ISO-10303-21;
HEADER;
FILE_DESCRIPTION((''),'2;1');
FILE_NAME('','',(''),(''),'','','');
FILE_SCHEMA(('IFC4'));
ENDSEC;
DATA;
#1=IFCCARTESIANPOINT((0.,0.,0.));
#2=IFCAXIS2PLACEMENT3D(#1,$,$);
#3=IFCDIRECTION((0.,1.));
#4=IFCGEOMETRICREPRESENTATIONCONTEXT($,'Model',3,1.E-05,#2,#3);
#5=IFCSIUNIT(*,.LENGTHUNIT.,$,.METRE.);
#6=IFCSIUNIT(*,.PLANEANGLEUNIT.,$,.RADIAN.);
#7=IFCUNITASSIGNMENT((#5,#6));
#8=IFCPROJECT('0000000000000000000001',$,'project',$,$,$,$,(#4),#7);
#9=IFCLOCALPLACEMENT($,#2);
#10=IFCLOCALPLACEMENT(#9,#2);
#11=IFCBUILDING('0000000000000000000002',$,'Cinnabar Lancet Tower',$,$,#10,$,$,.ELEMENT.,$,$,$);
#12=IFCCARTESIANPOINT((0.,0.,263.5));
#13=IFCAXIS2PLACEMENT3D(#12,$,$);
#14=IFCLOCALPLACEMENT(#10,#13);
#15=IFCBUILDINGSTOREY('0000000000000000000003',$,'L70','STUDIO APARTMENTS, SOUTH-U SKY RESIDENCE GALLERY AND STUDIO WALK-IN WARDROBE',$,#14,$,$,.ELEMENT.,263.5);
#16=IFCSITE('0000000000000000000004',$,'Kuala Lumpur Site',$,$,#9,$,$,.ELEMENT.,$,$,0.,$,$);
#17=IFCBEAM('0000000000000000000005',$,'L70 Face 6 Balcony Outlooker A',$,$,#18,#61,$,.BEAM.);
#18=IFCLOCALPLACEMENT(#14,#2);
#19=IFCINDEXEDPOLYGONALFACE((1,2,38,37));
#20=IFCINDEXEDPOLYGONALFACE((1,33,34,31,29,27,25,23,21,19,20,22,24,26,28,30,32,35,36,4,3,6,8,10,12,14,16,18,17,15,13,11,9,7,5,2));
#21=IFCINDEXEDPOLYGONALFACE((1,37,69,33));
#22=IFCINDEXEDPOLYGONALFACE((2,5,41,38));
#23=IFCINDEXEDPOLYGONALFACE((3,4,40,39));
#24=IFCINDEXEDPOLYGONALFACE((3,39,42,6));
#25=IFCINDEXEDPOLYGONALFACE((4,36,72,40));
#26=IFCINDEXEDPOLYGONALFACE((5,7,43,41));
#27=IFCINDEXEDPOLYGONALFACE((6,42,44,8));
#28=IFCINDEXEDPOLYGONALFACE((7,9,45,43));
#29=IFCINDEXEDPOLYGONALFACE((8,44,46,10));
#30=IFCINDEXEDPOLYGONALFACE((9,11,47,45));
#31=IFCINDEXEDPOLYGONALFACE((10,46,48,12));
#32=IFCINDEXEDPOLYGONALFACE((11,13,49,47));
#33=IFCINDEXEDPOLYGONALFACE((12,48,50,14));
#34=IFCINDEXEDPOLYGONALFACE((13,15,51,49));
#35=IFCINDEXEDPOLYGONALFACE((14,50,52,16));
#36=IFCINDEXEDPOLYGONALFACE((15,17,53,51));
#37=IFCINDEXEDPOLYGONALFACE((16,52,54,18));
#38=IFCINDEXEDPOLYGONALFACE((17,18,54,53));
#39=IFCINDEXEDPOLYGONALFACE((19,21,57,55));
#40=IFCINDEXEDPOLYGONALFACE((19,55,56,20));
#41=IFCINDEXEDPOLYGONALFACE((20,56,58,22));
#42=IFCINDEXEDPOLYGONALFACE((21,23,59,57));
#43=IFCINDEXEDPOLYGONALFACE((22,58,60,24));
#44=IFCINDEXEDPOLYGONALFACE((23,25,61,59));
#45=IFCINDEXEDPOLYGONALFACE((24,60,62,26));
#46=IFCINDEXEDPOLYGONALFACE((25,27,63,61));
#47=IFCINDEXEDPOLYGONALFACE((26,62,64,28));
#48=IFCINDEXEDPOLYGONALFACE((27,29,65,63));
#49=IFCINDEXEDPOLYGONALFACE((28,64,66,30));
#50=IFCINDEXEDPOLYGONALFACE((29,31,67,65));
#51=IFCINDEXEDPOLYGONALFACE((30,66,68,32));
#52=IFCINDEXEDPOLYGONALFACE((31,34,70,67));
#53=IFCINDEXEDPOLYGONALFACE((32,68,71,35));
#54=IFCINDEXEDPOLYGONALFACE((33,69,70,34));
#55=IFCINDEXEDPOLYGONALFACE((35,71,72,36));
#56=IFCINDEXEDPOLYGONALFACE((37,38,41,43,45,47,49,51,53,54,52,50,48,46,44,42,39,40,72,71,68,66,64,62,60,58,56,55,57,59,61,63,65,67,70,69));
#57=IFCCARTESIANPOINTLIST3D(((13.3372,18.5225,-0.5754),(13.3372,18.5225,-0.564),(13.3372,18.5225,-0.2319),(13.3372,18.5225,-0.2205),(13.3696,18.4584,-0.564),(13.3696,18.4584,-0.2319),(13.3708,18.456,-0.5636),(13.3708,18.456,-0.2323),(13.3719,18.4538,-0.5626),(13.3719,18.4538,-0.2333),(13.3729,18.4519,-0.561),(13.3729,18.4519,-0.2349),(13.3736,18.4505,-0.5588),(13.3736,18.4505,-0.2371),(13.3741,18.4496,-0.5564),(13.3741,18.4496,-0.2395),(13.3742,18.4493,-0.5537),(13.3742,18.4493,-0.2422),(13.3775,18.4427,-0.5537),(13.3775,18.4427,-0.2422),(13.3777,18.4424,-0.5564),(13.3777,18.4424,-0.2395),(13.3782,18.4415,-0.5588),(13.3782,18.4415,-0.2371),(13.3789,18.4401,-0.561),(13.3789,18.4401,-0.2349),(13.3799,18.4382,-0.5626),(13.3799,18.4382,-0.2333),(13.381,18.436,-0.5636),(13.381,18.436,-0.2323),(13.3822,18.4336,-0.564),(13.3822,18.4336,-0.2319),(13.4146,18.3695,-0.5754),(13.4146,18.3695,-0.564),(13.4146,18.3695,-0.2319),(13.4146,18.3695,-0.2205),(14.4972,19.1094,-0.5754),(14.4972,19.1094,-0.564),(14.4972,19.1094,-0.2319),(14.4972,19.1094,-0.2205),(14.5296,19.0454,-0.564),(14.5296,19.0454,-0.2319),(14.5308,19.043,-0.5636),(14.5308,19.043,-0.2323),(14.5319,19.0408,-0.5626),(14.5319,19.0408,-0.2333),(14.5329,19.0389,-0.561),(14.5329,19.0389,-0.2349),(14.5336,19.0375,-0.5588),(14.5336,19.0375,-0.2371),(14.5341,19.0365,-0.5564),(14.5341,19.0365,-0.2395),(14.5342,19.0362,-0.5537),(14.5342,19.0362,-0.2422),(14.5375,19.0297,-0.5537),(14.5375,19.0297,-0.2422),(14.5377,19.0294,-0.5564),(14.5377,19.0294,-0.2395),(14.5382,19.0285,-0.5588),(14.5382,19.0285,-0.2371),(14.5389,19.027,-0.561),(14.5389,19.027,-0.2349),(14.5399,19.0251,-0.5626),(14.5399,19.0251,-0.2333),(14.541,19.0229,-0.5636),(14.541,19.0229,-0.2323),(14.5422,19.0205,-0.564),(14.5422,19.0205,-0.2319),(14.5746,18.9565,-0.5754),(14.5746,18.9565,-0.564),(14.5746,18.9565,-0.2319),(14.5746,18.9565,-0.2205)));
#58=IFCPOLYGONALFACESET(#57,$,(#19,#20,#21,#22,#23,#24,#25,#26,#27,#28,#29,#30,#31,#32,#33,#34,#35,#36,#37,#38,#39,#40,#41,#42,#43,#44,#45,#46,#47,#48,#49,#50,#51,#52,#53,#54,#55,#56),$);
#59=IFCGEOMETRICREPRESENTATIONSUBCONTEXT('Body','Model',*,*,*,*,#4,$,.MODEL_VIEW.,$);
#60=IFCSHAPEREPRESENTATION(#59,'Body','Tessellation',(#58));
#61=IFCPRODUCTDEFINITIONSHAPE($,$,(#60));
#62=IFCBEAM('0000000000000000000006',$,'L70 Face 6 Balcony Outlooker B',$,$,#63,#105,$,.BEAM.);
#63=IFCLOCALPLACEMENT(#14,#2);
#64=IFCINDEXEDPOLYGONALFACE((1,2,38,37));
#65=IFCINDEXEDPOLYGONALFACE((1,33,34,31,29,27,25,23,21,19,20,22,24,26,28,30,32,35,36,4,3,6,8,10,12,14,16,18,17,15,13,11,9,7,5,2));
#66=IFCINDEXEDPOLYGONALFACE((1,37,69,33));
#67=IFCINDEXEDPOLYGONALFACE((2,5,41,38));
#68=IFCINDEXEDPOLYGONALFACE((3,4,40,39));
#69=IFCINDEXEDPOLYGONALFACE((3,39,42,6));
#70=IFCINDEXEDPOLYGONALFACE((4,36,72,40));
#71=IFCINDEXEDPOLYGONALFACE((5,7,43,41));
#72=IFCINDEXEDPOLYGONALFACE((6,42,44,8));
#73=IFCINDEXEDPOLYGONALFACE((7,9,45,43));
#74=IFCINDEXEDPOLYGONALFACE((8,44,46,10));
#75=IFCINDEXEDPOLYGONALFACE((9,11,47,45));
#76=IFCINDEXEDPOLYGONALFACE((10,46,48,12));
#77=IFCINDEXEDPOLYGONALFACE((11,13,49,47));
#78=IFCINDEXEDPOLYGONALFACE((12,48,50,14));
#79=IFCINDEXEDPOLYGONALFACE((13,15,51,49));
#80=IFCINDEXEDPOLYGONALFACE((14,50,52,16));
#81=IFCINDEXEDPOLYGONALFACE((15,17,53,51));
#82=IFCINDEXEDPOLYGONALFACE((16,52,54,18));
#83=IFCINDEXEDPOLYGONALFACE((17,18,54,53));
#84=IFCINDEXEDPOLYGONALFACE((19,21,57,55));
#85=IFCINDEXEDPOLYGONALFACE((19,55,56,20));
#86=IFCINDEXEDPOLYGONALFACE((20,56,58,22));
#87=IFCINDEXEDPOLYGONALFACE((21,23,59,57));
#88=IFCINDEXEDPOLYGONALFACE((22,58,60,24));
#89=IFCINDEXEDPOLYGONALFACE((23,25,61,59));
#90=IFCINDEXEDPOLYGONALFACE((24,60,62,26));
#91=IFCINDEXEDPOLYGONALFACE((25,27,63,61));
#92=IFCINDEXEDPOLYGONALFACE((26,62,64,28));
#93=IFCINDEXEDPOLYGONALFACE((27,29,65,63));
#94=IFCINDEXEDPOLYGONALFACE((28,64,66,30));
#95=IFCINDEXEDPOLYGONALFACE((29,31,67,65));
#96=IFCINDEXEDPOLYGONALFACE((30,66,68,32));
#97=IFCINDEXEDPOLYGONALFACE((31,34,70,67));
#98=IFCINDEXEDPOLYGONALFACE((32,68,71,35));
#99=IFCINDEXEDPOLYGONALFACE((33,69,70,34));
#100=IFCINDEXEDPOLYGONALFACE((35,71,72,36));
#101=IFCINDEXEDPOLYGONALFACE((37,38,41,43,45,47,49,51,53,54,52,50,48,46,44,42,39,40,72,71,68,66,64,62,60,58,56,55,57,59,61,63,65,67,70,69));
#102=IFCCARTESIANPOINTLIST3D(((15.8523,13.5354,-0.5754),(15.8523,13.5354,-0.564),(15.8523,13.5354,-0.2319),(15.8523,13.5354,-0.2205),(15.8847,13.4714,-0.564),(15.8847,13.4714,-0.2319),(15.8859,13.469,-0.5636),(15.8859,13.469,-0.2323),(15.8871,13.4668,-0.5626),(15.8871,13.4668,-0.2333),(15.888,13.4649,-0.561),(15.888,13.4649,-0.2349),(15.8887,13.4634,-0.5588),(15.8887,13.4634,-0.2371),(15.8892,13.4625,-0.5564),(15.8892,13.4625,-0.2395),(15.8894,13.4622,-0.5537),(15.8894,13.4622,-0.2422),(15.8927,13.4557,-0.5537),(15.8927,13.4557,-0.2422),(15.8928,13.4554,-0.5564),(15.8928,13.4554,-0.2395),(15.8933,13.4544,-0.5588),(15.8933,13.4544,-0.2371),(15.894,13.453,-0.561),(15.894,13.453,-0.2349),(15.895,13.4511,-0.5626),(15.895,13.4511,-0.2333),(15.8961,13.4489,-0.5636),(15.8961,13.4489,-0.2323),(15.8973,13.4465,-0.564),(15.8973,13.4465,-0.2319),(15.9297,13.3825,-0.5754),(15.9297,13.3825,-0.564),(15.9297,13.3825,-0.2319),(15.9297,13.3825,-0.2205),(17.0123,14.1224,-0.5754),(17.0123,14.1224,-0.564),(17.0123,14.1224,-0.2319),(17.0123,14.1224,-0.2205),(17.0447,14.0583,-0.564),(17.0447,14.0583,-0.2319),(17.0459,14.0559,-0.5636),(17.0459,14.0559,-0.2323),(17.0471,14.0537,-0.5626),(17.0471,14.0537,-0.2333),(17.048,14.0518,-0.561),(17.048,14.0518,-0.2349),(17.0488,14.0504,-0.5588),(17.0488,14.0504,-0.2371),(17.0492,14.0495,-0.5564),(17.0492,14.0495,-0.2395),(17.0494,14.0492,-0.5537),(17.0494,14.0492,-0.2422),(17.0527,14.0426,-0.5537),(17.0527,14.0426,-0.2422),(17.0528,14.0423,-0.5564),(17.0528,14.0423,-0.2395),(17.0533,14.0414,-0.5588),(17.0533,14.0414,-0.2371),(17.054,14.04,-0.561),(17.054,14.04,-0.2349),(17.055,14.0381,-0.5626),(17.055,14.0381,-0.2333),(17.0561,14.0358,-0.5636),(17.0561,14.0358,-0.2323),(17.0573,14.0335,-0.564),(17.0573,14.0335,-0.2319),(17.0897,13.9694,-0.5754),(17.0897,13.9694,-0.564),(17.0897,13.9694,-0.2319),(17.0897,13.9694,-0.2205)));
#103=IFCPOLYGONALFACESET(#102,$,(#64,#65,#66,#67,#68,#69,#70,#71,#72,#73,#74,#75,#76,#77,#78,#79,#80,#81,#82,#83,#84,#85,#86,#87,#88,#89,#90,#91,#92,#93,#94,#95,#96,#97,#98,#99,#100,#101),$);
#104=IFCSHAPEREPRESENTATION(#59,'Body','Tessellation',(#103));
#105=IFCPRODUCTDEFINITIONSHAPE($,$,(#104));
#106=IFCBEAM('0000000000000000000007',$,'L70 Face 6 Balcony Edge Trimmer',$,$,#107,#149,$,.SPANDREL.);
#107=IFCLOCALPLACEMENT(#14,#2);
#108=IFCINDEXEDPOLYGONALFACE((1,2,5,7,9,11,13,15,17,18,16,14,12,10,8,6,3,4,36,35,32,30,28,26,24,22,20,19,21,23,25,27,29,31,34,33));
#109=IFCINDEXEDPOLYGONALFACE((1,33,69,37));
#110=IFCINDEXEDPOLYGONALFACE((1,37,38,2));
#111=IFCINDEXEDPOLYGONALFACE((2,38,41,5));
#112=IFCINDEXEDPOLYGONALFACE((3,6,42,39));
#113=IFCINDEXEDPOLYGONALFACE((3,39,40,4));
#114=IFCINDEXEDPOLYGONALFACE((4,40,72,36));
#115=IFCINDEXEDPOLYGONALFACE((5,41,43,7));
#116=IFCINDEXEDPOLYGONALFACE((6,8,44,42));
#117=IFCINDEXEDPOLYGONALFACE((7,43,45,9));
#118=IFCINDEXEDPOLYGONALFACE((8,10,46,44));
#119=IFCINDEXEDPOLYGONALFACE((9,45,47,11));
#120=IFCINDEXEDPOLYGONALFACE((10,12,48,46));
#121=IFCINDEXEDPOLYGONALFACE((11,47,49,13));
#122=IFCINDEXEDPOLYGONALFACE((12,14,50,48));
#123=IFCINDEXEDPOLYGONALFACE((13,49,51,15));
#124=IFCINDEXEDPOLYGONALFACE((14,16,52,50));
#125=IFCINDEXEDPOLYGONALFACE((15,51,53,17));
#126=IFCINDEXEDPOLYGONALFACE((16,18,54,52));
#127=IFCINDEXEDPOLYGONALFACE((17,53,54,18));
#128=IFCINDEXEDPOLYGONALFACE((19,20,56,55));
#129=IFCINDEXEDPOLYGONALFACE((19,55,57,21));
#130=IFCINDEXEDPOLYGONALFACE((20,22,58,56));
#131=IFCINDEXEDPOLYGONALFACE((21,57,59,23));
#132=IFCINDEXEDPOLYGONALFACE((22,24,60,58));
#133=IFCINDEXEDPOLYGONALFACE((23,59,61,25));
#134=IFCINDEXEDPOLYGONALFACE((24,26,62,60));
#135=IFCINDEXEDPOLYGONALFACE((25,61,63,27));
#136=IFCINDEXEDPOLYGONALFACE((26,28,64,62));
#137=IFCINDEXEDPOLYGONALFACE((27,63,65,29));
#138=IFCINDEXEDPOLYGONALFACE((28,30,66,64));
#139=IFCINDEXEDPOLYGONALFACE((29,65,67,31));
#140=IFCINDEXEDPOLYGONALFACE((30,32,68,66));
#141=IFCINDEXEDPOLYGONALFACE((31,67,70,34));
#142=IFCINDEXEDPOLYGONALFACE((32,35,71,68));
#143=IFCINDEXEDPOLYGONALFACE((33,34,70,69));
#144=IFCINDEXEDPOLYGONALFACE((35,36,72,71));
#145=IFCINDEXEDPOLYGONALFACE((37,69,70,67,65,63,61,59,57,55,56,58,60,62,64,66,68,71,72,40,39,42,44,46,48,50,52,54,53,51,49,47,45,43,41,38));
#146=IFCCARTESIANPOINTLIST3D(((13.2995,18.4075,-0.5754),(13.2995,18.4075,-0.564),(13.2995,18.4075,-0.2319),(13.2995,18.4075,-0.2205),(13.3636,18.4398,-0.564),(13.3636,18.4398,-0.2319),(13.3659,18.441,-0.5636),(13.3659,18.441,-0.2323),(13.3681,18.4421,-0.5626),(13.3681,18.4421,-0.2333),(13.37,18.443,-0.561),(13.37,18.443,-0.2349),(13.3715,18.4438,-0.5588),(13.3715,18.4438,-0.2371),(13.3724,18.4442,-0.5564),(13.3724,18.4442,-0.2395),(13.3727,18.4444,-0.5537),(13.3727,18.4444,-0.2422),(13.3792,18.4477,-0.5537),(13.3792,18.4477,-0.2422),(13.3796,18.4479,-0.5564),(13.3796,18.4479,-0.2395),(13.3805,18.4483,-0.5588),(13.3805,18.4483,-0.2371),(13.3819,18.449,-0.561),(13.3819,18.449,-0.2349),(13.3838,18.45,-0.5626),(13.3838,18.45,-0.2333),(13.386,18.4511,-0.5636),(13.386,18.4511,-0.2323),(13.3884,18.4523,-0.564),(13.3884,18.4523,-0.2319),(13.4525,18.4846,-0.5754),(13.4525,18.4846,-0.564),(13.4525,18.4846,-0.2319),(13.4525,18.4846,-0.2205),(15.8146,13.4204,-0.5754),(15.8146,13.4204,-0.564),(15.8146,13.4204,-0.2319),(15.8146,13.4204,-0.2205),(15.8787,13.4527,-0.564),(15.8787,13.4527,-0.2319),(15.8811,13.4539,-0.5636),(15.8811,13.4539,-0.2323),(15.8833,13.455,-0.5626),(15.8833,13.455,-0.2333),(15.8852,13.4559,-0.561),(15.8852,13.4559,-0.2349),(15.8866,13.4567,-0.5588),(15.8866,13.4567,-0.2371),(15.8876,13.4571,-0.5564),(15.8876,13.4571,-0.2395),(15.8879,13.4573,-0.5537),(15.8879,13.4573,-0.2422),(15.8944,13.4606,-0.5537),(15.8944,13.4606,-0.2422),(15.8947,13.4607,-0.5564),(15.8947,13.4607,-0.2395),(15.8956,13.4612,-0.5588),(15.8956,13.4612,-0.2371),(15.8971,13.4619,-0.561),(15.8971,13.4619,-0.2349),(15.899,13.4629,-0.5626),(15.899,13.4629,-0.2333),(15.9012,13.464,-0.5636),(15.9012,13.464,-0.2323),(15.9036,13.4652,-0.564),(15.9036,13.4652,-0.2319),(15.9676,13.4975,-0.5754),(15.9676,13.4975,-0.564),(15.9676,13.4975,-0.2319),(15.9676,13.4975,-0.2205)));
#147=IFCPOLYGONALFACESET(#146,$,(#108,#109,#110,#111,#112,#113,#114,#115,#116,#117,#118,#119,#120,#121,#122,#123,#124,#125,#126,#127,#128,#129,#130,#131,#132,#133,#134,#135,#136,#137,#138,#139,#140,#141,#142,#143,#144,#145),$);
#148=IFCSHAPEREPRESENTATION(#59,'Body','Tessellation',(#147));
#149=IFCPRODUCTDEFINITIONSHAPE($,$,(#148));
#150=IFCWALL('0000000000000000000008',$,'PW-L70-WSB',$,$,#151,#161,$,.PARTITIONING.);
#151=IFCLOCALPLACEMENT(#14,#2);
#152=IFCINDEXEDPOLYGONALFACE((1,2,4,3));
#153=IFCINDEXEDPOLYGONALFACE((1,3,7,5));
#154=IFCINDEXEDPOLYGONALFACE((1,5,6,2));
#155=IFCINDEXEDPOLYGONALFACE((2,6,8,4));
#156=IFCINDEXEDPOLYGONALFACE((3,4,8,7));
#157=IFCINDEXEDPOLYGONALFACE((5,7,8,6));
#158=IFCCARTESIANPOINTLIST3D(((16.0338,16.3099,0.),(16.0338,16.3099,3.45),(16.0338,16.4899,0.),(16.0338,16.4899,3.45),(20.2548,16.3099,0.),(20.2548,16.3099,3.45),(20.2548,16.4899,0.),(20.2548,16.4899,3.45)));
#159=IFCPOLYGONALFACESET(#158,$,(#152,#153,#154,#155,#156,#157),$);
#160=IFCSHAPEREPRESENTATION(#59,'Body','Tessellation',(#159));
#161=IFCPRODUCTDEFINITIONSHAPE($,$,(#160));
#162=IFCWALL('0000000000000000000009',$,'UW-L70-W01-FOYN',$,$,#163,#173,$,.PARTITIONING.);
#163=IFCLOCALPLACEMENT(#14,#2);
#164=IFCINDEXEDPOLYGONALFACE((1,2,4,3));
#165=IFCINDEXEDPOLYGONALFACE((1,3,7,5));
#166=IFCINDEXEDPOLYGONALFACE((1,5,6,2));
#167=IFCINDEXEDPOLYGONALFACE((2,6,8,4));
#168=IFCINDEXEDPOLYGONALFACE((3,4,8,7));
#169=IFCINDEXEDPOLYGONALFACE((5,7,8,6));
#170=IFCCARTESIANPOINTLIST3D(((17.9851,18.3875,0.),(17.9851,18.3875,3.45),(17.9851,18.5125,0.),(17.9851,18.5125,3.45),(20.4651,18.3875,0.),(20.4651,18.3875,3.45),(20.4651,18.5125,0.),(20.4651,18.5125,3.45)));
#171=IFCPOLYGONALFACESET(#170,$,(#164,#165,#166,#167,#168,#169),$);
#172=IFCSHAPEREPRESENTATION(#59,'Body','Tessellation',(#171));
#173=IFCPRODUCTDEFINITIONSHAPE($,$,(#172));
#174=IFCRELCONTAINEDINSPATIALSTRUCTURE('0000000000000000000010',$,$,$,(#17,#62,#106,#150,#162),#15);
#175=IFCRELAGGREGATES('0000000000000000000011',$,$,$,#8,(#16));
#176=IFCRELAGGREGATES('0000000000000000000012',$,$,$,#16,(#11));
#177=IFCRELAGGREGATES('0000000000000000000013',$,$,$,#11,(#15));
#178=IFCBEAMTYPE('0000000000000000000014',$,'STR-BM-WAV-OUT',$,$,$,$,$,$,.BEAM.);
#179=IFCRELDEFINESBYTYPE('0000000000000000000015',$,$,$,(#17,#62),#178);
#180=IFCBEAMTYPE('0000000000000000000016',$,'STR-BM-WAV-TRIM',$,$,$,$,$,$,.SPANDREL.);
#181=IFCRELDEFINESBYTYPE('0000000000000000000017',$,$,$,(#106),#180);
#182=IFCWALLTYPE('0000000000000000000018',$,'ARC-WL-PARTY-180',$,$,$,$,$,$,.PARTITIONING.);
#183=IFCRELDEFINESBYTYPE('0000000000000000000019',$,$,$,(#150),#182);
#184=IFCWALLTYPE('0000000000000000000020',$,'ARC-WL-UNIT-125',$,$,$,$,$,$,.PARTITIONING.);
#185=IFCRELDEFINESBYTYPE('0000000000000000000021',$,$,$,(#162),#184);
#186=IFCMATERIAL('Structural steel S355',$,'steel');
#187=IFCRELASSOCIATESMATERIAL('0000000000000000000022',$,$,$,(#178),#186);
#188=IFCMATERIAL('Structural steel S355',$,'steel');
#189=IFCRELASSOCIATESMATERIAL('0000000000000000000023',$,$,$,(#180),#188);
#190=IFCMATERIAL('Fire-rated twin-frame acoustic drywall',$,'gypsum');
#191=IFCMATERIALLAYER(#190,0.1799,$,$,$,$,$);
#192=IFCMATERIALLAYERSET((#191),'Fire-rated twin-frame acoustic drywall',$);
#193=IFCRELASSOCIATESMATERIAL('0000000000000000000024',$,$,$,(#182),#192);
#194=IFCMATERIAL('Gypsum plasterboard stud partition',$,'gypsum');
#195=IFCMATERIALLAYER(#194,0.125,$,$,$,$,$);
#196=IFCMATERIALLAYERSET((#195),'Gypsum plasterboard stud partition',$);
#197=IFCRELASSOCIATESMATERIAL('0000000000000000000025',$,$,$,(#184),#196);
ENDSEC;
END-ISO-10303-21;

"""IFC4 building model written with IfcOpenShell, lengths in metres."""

from ifc_helpers import new_model, si_unit, direction, frame, frame_2d, origin, origin_2d, place, context, subcontext, project, spatial, rectangle, i_section, extrude, material, layer, layer_set, material_profile, profile_set, type_object, element, save


model = new_model("IFC4")

# Units and contexts
model_context = context("Model", 3, precision=1e-05, world=origin(), true_north=direction((0.0, 1.0)))
body_context = subcontext(model_context, "Body", "Model", "MODEL_VIEW")
ifc_project = project(units=[si_unit("LENGTHUNIT", "METRE"), si_unit("PLANEANGLEUNIT", "RADIAN")], contexts=[model_context])

# Site, building, storey
site_placement = place(None, origin())
site = spatial("IfcSite", under=ifc_project, at=site_placement, Name="Kuala Lumpur Site", CompositionType="ELEMENT", RefElevation=0.0)
building_placement = place(site_placement, origin())
building = spatial("IfcBuilding", under=site, at=building_placement, Name="Cinnabar Lancet Tower", CompositionType="ELEMENT")
storey_placement = place(building_placement, frame((0.0, 0.0, 263.5)))
storey = spatial("IfcBuildingStorey", under=building, at=storey_placement, Name="L70", Description="STUDIO APARTMENTS, SOUTH-U SKY RESIDENCE GALLERY AND STUDIO WALK-IN WARDROBE", CompositionType="ELEMENT", Elevation=263.5)

# Beams
ifc_material_1 = material(Name="Structural steel S355", Category="steel")
ifc_material_profile_1 = material_profile(ifc_material_1, i_section(OverallWidth=0.1714, OverallDepth=0.355, WebThickness=0.0073, FlangeThickness=0.0115, FilletRadius=0.0103, at=origin_2d()), Name="UKB 356x171x51")
ifc_profile_set_1 = profile_set([ifc_material_profile_1], Name="Structural steel S355")
beam_type_1 = type_object("IfcBeamType", Name="STR-BM-WAV-OUT", PredefinedType="BEAM", material=ifc_profile_set_1)
for number, where, z_axis, x_axis, name in (
    (1, (14.5359, 19.033, -0.3979), (-0.892276, -0.45149, 0.0), (0.45149, -0.892276, 0.0), "L70 Face 6 Balcony Outlooker A"),
    (2, (17.051, 14.0459, -0.3979), (-0.892276, -0.45149, 0.0), (0.45149, -0.892276, 0.0), "L70 Face 6 Balcony Outlooker B"),
):
    element("IfcBeam", number, at=place(storey_placement, frame(where, z_axis=z_axis, x_axis=x_axis)), inside=storey, type_object=beam_type_1, Name=name, PredefinedType="BEAM", context=body_context, shape_type="SweptSolid", body=[
        extrude(i_section(OverallWidth=0.1714, OverallDepth=0.355, WebThickness=0.0073, FlangeThickness=0.0115, FilletRadius=0.0103, at=origin_2d()), origin(), (0.0, 0.0, 1.0), 1.3),
    ])
ifc_material_2 = material(Name="Structural steel S355", Category="steel")
ifc_material_profile_2 = material_profile(ifc_material_2, i_section(OverallWidth=0.1714, OverallDepth=0.355, WebThickness=0.0073, FlangeThickness=0.0115, FilletRadius=0.0103, at=origin_2d()), Name="UKB 356x171x51")
ifc_profile_set_2 = profile_set([ifc_material_profile_2], Name="Structural steel S355")
beam_type_2 = type_object("IfcBeamType", Name="STR-BM-WAV-TRIM", PredefinedType="SPANDREL", material=ifc_profile_set_2)
beam_1_placement = place(storey_placement, frame((13.376, 18.446, -0.3979), z_axis=(0.450306, -0.892874, 0.0), x_axis=(0.892874, 0.450306, 0.0)))
element("IfcBeam", 3, at=beam_1_placement, inside=storey, type_object=beam_type_2, Name="L70 Face 6 Balcony Edge Trimmer", PredefinedType="SPANDREL", context=body_context, shape_type="SweptSolid", body=[
    extrude(i_section(OverallWidth=0.1714, OverallDepth=0.355, WebThickness=0.0073, FlangeThickness=0.0115, FilletRadius=0.0103, at=origin_2d()), origin(), (0.0, 0.0, 1.0), 5.5854),
])

# Walls
ifc_material_3 = material(Name="Fire-rated twin-frame acoustic drywall", Category="gypsum")
ifc_layer_1 = layer(ifc_material_3, 0.1799)
ifc_layer_set_1 = layer_set([ifc_layer_1], Name="Fire-rated twin-frame acoustic drywall")
wall_type_1 = type_object("IfcWallType", Name="ARC-WL-PARTY-180", PredefinedType="PARTITIONING", material=ifc_layer_set_1)
wall_1_placement = place(storey_placement, frame((16.0339, 16.3999, 0.0), z_axis=(0.0, 0.0, 1.0), x_axis=(1.0, 0.0, 0.0)))
element("IfcWall", 4, at=wall_1_placement, inside=storey, type_object=wall_type_1, Name="PW-L70-WSB", PredefinedType="PARTITIONING", context=body_context, shape_type="SweptSolid", body=[
    extrude(rectangle(XDim=4.2209, YDim=0.1799, at=frame_2d((2.1104, 0.0))), origin(), (0.0, 0.0, 1.0), 3.45),
])
ifc_material_4 = material(Name="Gypsum plasterboard stud partition", Category="gypsum")
ifc_layer_2 = layer(ifc_material_4, 0.125)
ifc_layer_set_2 = layer_set([ifc_layer_2], Name="Gypsum plasterboard stud partition")
wall_type_2 = type_object("IfcWallType", Name="ARC-WL-UNIT-125", PredefinedType="PARTITIONING", material=ifc_layer_set_2)
wall_2_placement = place(storey_placement, frame((17.9851, 18.45, 0.0), z_axis=(0.0, 0.0, 1.0), x_axis=(1.0, 0.0, 0.0)))
element("IfcWall", 5, at=wall_2_placement, inside=storey, type_object=wall_type_2, Name="UW-L70-W01-FOYN", PredefinedType="PARTITIONING", context=body_context, shape_type="SweptSolid", body=[
    extrude(rectangle(XDim=2.48, YDim=0.125, at=frame_2d((1.24, 0.0))), origin(), (0.0, 0.0, 1.0), 3.45),
])

save(model, "model.ifc")
